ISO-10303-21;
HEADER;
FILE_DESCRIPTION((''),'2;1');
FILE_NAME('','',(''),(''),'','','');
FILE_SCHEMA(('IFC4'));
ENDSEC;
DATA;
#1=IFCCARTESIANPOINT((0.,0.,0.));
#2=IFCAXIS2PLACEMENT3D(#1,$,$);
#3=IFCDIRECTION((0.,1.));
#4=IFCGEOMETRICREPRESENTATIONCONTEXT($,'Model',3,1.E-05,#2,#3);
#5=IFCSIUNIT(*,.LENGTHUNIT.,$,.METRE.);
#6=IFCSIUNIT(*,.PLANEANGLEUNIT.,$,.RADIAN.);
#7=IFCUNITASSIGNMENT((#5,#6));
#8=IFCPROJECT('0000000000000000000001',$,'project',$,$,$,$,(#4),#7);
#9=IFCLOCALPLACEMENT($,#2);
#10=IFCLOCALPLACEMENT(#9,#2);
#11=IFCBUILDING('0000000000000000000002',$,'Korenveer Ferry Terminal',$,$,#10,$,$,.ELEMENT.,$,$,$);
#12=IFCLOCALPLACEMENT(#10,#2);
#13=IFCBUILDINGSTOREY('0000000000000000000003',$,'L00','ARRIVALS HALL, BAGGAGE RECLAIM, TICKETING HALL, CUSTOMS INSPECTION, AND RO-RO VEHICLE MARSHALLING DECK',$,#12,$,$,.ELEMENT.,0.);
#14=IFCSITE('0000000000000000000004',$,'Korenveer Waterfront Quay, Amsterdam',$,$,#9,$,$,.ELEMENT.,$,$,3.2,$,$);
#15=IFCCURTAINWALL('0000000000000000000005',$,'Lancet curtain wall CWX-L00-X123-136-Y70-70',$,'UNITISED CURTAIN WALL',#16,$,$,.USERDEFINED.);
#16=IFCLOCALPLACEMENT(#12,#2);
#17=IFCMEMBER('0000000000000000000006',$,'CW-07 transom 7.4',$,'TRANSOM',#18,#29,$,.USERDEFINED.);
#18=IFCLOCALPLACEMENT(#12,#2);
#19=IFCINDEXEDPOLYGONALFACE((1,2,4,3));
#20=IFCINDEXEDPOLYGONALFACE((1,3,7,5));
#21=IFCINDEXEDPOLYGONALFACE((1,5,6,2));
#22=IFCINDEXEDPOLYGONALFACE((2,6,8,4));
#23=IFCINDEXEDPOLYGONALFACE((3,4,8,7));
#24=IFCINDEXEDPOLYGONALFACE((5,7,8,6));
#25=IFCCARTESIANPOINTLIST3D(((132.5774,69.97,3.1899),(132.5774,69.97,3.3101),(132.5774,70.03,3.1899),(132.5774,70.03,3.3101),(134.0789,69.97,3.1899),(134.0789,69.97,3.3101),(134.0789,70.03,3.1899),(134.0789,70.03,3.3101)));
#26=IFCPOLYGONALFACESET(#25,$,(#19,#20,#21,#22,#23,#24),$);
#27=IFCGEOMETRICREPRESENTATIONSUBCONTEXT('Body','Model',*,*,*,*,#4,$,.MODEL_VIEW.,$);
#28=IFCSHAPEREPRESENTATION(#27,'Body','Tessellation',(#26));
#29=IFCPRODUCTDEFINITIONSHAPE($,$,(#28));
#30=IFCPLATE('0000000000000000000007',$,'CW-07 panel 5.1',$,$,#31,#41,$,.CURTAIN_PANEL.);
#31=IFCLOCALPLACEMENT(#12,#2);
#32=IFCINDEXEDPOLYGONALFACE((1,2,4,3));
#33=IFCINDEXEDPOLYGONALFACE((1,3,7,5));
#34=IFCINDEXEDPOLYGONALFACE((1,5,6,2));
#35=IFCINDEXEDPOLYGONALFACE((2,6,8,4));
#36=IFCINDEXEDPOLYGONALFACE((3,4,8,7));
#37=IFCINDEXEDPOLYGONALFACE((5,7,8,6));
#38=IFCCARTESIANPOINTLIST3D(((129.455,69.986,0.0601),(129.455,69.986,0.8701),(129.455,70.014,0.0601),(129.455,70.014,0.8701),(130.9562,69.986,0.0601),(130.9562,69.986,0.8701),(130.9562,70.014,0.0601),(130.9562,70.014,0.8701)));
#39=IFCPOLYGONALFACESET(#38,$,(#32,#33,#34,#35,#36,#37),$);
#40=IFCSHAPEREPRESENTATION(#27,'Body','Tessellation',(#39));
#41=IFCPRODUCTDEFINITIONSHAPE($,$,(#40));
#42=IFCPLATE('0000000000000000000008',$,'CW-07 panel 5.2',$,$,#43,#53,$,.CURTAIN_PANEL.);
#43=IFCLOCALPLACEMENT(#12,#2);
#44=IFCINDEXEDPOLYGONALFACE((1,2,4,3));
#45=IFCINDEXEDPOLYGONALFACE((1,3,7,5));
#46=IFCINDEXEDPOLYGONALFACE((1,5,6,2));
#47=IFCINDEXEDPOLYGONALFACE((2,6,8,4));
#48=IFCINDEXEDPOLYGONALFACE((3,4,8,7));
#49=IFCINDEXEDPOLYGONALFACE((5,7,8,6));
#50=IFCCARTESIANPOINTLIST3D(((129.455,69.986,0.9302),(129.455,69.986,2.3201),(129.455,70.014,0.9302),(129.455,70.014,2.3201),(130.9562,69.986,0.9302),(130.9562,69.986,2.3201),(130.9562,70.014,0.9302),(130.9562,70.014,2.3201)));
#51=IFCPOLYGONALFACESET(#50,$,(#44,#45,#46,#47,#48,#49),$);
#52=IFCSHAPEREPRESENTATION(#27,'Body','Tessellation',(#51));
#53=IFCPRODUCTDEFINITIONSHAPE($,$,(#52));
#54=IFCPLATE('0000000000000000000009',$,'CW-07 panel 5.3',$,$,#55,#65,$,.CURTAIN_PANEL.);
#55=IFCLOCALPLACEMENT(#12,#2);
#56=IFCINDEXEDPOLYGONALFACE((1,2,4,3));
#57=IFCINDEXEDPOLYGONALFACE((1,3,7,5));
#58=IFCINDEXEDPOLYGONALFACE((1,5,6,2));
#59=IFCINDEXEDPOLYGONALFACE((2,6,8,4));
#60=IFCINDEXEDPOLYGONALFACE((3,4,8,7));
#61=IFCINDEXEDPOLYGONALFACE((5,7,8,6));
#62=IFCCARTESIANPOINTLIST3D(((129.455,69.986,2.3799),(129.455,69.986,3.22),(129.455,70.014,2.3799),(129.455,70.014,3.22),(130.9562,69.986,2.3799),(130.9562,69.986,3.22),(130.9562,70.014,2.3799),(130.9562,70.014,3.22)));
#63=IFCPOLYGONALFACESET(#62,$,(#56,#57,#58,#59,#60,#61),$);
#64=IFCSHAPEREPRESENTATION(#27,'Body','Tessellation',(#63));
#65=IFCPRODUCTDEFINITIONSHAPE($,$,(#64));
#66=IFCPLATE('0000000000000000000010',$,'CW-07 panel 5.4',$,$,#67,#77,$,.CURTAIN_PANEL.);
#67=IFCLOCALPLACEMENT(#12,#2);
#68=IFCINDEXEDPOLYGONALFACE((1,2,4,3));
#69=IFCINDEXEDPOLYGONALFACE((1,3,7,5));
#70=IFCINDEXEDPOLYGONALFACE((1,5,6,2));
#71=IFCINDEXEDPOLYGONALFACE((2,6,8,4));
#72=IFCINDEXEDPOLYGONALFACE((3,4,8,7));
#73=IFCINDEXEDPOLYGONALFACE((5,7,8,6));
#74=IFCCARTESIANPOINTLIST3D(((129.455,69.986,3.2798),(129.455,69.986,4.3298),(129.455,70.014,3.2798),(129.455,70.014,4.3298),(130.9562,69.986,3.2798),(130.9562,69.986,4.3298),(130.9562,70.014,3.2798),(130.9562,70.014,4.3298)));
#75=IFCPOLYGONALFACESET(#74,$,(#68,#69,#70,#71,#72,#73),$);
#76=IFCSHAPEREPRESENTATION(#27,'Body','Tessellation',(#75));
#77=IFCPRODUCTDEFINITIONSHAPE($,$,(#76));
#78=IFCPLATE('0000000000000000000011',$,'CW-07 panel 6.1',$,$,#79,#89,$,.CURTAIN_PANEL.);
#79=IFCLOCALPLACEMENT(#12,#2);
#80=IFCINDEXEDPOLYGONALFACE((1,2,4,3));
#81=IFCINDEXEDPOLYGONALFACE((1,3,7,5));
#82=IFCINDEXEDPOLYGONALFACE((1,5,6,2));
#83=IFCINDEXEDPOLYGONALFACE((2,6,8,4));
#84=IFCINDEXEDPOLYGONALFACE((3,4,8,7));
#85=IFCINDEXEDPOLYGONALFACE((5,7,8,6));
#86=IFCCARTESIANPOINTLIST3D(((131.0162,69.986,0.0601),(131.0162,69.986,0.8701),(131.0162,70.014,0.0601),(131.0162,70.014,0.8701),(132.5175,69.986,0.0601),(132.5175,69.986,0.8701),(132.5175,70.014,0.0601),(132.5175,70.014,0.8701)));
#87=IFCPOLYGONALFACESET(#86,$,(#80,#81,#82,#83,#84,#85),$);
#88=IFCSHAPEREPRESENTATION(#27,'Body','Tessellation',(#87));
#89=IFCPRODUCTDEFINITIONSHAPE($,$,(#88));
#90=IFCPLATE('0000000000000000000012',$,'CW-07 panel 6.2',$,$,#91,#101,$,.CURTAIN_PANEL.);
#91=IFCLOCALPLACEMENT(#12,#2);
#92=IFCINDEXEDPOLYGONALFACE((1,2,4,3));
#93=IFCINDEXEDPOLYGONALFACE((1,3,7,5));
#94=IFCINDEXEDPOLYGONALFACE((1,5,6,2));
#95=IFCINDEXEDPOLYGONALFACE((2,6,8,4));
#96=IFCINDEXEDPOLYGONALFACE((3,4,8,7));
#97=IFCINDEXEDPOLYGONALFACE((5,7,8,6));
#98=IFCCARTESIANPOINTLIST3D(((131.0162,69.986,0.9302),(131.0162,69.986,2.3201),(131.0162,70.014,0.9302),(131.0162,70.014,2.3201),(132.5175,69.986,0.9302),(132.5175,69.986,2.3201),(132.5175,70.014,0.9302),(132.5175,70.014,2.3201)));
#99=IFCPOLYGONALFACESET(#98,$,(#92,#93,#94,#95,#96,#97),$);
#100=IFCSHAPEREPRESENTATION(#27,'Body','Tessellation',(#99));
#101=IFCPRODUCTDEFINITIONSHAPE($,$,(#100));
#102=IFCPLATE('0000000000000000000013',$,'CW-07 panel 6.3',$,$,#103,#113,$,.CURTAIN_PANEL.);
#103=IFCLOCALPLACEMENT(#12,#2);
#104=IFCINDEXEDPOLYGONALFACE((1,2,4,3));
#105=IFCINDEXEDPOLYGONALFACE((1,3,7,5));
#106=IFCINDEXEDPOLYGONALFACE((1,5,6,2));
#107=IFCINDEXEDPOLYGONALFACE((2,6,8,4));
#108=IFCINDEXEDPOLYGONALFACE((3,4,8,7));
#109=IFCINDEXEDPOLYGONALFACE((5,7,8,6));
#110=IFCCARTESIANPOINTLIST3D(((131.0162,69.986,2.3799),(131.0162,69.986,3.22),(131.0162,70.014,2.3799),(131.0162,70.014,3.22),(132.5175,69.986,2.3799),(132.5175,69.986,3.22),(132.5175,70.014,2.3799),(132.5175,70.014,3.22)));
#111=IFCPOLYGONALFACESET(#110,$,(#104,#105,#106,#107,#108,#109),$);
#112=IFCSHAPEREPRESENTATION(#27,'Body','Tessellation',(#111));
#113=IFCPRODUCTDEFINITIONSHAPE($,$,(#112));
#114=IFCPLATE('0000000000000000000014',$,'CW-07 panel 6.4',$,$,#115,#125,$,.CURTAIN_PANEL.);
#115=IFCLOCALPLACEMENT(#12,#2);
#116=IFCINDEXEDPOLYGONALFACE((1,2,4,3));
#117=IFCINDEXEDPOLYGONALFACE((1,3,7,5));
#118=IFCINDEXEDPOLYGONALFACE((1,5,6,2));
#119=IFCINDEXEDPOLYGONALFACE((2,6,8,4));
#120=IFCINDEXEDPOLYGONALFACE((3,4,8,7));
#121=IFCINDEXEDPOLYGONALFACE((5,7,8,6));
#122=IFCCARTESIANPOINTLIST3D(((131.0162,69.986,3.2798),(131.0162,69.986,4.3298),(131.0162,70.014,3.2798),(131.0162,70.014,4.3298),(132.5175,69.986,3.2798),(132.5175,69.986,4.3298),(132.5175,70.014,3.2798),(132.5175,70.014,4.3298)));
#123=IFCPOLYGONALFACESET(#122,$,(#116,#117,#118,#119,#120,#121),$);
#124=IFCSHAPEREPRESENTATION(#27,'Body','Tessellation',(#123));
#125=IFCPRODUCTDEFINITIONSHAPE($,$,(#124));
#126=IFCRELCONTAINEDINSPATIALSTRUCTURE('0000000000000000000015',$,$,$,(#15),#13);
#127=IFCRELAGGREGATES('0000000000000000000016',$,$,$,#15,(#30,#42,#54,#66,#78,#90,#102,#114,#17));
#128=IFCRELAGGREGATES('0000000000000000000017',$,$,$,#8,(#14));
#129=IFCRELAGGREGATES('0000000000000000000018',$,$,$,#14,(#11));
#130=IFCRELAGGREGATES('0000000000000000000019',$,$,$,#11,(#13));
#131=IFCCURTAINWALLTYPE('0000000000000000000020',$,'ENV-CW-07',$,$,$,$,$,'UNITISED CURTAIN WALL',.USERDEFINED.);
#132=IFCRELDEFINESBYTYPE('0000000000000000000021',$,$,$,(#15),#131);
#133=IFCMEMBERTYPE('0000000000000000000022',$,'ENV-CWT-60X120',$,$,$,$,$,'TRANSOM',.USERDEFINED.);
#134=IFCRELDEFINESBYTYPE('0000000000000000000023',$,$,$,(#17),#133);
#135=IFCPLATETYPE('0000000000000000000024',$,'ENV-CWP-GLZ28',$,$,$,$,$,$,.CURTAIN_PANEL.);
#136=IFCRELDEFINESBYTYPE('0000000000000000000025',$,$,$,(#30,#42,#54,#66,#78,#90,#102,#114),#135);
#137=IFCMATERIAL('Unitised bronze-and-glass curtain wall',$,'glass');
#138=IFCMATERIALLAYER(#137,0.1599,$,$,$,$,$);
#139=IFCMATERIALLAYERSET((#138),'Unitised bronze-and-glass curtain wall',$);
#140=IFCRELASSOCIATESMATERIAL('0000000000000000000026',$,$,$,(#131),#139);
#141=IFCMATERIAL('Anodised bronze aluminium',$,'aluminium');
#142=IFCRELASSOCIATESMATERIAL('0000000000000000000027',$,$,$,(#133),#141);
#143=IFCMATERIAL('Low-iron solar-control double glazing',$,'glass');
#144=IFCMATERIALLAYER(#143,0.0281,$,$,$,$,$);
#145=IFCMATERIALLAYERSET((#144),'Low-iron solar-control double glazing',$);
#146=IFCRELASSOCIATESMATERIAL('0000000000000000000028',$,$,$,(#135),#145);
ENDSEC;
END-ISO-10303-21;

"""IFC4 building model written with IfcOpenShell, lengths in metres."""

from ifc_helpers import new_model, si_unit, direction, frame, origin, origin_2d, place, context, subcontext, project, spatial, rectangle, extrude, material, layer, layer_set, material_profile, profile_set, type_object, element, aggregate, save


model = new_model("IFC4")

# Units and contexts
model_context = context("Model", 3, precision=1e-05, world=origin(), true_north=direction((0.0, 1.0)))
body_context = subcontext(model_context, "Body", "Model", "MODEL_VIEW")
ifc_project = project(units=[si_unit("LENGTHUNIT", "METRE"), si_unit("PLANEANGLEUNIT", "RADIAN")], contexts=[model_context])

# Site, building, storey
site_placement = place(None, origin())
site = spatial("IfcSite", under=ifc_project, at=site_placement, Name="Korenveer Waterfront Quay, Amsterdam", CompositionType="ELEMENT", RefElevation=3.2)
building_placement = place(site_placement, origin())
building = spatial("IfcBuilding", under=site, at=building_placement, Name="Korenveer Ferry Terminal", CompositionType="ELEMENT")
storey_placement = place(building_placement, origin())
storey = spatial("IfcBuildingStorey", under=building, at=storey_placement, Name="L00", Description="ARRIVALS HALL, BAGGAGE RECLAIM, TICKETING HALL, CUSTOMS INSPECTION, AND RO-RO VEHICLE MARSHALLING DECK", CompositionType="ELEMENT", Elevation=0.0)

# Curtain wall, member, plates
ifc_material_1 = material(Name="Unitised bronze-and-glass curtain wall", Category="glass")
ifc_layer_1 = layer(ifc_material_1, 0.1599)
ifc_layer_set_1 = layer_set([ifc_layer_1], Name="Unitised bronze-and-glass curtain wall")
curtain_wall_type = type_object("IfcCurtainWallType", Name="ENV-CW-07", ElementType="UNITISED CURTAIN WALL", PredefinedType="USERDEFINED", material=ifc_layer_set_1)
curtain_wall_placement = place(storey_placement, frame((123.1799, 70.0, 0.0)))
curtain_wall = element("IfcCurtainWall", 1, at=curtain_wall_placement, inside=storey, type_object=curtain_wall_type, Name="Lancet curtain wall CWX-L00-X123-136-Y70-70", ObjectType="UNITISED CURTAIN WALL", PredefinedType="USERDEFINED")
ifc_material_2 = material(Name="Anodised bronze aluminium", Category="aluminium")
ifc_material_profile_1 = material_profile(ifc_material_2, rectangle(XDim=0.0601, YDim=0.1201, at=origin_2d()), Name="ALU 60x120")
ifc_profile_set_1 = profile_set([ifc_material_profile_1], Name="Anodised bronze aluminium")
member_type_1 = type_object("IfcMemberType", Name="ENV-CWT-60X120", ElementType="TRANSOM", PredefinedType="USERDEFINED", material=ifc_profile_set_1)
member_1_placement = place(storey_placement, frame((132.5774, 70.0, 3.25), z_axis=(1.0, 0.0, 0.0), x_axis=(0.0, 1.0, 0.0)))
member_1 = element("IfcMember", 2, at=member_1_placement, type_object=member_type_1, Name="CW-07 transom 7.4", ObjectType="TRANSOM", PredefinedType="USERDEFINED", context=body_context, shape_type="SweptSolid", body=[
    extrude(rectangle(XDim=0.0601, YDim=0.1201, at=origin_2d()), origin(), (0.0, 0.0, 1.0), 1.5015),
])
ifc_material_3 = material(Name="Low-iron solar-control double glazing", Category="glass")
ifc_layer_2 = layer(ifc_material_3, 0.0281)
ifc_layer_set_2 = layer_set([ifc_layer_2], Name="Low-iron solar-control double glazing")
plate_type = type_object("IfcPlateType", Name="ENV-CWP-GLZ28", PredefinedType="CURTAIN_PANEL", material=ifc_layer_set_2)
plate_1_placement = place(storey_placement, frame((130.2056, 70.0, 0.0601), z_axis=(0.0, 0.0, 1.0), x_axis=(1.0, 0.0, 0.0)))
plate_1 = element("IfcPlate", 3, at=plate_1_placement, type_object=plate_type, Name="CW-07 panel 5.1", PredefinedType="CURTAIN_PANEL", context=body_context, shape_type="SweptSolid", body=[
    extrude(rectangle(XDim=1.5012, YDim=0.0281, at=origin_2d()), origin(), (0.0, 0.0, 1.0), 0.8101),
])
plate_2_placement = place(storey_placement, frame((130.2056, 70.0, 0.9302), z_axis=(0.0, 0.0, 1.0), x_axis=(1.0, 0.0, 0.0)))
plate_2 = element("IfcPlate", 4, at=plate_2_placement, type_object=plate_type, Name="CW-07 panel 5.2", PredefinedType="CURTAIN_PANEL", context=body_context, shape_type="SweptSolid", body=[
    extrude(rectangle(XDim=1.5012, YDim=0.0281, at=origin_2d()), origin(), (0.0, 0.0, 1.0), 1.3899),
])
plate_3_placement = place(storey_placement, frame((130.2056, 70.0, 2.3799), z_axis=(0.0, 0.0, 1.0), x_axis=(1.0, 0.0, 0.0)))
plate_3 = element("IfcPlate", 5, at=plate_3_placement, type_object=plate_type, Name="CW-07 panel 5.3", PredefinedType="CURTAIN_PANEL", context=body_context, shape_type="SweptSolid", body=[
    extrude(rectangle(XDim=1.5012, YDim=0.0281, at=origin_2d()), origin(), (0.0, 0.0, 1.0), 0.8401),
])
plate_4_placement = place(storey_placement, frame((130.2056, 70.0, 3.2798), z_axis=(0.0, 0.0, 1.0), x_axis=(1.0, 0.0, 0.0)))
plate_4 = element("IfcPlate", 6, at=plate_4_placement, type_object=plate_type, Name="CW-07 panel 5.4", PredefinedType="CURTAIN_PANEL", context=body_context, shape_type="SweptSolid", body=[
    extrude(rectangle(XDim=1.5012, YDim=0.0281, at=origin_2d()), origin(), (0.0, 0.0, 1.0), 1.05),
])
plate_5_placement = place(storey_placement, frame((131.7668, 70.0, 0.0601), z_axis=(0.0, 0.0, 1.0), x_axis=(1.0, 0.0, 0.0)))
plate_5 = element("IfcPlate", 7, at=plate_5_placement, type_object=plate_type, Name="CW-07 panel 6.1", PredefinedType="CURTAIN_PANEL", context=body_context, shape_type="SweptSolid", body=[
    extrude(rectangle(XDim=1.5012, YDim=0.0281, at=origin_2d()), origin(), (0.0, 0.0, 1.0), 0.8101),
])
plate_6_placement = place(storey_placement, frame((131.7668, 70.0, 0.9302), z_axis=(0.0, 0.0, 1.0), x_axis=(1.0, 0.0, 0.0)))
plate_6 = element("IfcPlate", 8, at=plate_6_placement, type_object=plate_type, Name="CW-07 panel 6.2", PredefinedType="CURTAIN_PANEL", context=body_context, shape_type="SweptSolid", body=[
    extrude(rectangle(XDim=1.5012, YDim=0.0281, at=origin_2d()), origin(), (0.0, 0.0, 1.0), 1.3899),
])
plate_7_placement = place(storey_placement, frame((131.7668, 70.0, 2.3799), z_axis=(0.0, 0.0, 1.0), x_axis=(1.0, 0.0, 0.0)))
plate_7 = element("IfcPlate", 9, at=plate_7_placement, type_object=plate_type, Name="CW-07 panel 6.3", PredefinedType="CURTAIN_PANEL", context=body_context, shape_type="SweptSolid", body=[
    extrude(rectangle(XDim=1.5012, YDim=0.0281, at=origin_2d()), origin(), (0.0, 0.0, 1.0), 0.8401),
])
plate_8_placement = place(storey_placement, frame((131.7668, 70.0, 3.2798), z_axis=(0.0, 0.0, 1.0), x_axis=(1.0, 0.0, 0.0)))
plate_8 = element("IfcPlate", 10, at=plate_8_placement, type_object=plate_type, Name="CW-07 panel 6.4", PredefinedType="CURTAIN_PANEL", context=body_context, shape_type="SweptSolid", body=[
    extrude(rectangle(XDim=1.5012, YDim=0.0281, at=origin_2d()), origin(), (0.0, 0.0, 1.0), 1.05),
])
aggregate(curtain_wall, [plate_1, plate_2, plate_3, plate_4, plate_5, plate_6, plate_7, plate_8, member_1])

save(model, "model.ifc")
